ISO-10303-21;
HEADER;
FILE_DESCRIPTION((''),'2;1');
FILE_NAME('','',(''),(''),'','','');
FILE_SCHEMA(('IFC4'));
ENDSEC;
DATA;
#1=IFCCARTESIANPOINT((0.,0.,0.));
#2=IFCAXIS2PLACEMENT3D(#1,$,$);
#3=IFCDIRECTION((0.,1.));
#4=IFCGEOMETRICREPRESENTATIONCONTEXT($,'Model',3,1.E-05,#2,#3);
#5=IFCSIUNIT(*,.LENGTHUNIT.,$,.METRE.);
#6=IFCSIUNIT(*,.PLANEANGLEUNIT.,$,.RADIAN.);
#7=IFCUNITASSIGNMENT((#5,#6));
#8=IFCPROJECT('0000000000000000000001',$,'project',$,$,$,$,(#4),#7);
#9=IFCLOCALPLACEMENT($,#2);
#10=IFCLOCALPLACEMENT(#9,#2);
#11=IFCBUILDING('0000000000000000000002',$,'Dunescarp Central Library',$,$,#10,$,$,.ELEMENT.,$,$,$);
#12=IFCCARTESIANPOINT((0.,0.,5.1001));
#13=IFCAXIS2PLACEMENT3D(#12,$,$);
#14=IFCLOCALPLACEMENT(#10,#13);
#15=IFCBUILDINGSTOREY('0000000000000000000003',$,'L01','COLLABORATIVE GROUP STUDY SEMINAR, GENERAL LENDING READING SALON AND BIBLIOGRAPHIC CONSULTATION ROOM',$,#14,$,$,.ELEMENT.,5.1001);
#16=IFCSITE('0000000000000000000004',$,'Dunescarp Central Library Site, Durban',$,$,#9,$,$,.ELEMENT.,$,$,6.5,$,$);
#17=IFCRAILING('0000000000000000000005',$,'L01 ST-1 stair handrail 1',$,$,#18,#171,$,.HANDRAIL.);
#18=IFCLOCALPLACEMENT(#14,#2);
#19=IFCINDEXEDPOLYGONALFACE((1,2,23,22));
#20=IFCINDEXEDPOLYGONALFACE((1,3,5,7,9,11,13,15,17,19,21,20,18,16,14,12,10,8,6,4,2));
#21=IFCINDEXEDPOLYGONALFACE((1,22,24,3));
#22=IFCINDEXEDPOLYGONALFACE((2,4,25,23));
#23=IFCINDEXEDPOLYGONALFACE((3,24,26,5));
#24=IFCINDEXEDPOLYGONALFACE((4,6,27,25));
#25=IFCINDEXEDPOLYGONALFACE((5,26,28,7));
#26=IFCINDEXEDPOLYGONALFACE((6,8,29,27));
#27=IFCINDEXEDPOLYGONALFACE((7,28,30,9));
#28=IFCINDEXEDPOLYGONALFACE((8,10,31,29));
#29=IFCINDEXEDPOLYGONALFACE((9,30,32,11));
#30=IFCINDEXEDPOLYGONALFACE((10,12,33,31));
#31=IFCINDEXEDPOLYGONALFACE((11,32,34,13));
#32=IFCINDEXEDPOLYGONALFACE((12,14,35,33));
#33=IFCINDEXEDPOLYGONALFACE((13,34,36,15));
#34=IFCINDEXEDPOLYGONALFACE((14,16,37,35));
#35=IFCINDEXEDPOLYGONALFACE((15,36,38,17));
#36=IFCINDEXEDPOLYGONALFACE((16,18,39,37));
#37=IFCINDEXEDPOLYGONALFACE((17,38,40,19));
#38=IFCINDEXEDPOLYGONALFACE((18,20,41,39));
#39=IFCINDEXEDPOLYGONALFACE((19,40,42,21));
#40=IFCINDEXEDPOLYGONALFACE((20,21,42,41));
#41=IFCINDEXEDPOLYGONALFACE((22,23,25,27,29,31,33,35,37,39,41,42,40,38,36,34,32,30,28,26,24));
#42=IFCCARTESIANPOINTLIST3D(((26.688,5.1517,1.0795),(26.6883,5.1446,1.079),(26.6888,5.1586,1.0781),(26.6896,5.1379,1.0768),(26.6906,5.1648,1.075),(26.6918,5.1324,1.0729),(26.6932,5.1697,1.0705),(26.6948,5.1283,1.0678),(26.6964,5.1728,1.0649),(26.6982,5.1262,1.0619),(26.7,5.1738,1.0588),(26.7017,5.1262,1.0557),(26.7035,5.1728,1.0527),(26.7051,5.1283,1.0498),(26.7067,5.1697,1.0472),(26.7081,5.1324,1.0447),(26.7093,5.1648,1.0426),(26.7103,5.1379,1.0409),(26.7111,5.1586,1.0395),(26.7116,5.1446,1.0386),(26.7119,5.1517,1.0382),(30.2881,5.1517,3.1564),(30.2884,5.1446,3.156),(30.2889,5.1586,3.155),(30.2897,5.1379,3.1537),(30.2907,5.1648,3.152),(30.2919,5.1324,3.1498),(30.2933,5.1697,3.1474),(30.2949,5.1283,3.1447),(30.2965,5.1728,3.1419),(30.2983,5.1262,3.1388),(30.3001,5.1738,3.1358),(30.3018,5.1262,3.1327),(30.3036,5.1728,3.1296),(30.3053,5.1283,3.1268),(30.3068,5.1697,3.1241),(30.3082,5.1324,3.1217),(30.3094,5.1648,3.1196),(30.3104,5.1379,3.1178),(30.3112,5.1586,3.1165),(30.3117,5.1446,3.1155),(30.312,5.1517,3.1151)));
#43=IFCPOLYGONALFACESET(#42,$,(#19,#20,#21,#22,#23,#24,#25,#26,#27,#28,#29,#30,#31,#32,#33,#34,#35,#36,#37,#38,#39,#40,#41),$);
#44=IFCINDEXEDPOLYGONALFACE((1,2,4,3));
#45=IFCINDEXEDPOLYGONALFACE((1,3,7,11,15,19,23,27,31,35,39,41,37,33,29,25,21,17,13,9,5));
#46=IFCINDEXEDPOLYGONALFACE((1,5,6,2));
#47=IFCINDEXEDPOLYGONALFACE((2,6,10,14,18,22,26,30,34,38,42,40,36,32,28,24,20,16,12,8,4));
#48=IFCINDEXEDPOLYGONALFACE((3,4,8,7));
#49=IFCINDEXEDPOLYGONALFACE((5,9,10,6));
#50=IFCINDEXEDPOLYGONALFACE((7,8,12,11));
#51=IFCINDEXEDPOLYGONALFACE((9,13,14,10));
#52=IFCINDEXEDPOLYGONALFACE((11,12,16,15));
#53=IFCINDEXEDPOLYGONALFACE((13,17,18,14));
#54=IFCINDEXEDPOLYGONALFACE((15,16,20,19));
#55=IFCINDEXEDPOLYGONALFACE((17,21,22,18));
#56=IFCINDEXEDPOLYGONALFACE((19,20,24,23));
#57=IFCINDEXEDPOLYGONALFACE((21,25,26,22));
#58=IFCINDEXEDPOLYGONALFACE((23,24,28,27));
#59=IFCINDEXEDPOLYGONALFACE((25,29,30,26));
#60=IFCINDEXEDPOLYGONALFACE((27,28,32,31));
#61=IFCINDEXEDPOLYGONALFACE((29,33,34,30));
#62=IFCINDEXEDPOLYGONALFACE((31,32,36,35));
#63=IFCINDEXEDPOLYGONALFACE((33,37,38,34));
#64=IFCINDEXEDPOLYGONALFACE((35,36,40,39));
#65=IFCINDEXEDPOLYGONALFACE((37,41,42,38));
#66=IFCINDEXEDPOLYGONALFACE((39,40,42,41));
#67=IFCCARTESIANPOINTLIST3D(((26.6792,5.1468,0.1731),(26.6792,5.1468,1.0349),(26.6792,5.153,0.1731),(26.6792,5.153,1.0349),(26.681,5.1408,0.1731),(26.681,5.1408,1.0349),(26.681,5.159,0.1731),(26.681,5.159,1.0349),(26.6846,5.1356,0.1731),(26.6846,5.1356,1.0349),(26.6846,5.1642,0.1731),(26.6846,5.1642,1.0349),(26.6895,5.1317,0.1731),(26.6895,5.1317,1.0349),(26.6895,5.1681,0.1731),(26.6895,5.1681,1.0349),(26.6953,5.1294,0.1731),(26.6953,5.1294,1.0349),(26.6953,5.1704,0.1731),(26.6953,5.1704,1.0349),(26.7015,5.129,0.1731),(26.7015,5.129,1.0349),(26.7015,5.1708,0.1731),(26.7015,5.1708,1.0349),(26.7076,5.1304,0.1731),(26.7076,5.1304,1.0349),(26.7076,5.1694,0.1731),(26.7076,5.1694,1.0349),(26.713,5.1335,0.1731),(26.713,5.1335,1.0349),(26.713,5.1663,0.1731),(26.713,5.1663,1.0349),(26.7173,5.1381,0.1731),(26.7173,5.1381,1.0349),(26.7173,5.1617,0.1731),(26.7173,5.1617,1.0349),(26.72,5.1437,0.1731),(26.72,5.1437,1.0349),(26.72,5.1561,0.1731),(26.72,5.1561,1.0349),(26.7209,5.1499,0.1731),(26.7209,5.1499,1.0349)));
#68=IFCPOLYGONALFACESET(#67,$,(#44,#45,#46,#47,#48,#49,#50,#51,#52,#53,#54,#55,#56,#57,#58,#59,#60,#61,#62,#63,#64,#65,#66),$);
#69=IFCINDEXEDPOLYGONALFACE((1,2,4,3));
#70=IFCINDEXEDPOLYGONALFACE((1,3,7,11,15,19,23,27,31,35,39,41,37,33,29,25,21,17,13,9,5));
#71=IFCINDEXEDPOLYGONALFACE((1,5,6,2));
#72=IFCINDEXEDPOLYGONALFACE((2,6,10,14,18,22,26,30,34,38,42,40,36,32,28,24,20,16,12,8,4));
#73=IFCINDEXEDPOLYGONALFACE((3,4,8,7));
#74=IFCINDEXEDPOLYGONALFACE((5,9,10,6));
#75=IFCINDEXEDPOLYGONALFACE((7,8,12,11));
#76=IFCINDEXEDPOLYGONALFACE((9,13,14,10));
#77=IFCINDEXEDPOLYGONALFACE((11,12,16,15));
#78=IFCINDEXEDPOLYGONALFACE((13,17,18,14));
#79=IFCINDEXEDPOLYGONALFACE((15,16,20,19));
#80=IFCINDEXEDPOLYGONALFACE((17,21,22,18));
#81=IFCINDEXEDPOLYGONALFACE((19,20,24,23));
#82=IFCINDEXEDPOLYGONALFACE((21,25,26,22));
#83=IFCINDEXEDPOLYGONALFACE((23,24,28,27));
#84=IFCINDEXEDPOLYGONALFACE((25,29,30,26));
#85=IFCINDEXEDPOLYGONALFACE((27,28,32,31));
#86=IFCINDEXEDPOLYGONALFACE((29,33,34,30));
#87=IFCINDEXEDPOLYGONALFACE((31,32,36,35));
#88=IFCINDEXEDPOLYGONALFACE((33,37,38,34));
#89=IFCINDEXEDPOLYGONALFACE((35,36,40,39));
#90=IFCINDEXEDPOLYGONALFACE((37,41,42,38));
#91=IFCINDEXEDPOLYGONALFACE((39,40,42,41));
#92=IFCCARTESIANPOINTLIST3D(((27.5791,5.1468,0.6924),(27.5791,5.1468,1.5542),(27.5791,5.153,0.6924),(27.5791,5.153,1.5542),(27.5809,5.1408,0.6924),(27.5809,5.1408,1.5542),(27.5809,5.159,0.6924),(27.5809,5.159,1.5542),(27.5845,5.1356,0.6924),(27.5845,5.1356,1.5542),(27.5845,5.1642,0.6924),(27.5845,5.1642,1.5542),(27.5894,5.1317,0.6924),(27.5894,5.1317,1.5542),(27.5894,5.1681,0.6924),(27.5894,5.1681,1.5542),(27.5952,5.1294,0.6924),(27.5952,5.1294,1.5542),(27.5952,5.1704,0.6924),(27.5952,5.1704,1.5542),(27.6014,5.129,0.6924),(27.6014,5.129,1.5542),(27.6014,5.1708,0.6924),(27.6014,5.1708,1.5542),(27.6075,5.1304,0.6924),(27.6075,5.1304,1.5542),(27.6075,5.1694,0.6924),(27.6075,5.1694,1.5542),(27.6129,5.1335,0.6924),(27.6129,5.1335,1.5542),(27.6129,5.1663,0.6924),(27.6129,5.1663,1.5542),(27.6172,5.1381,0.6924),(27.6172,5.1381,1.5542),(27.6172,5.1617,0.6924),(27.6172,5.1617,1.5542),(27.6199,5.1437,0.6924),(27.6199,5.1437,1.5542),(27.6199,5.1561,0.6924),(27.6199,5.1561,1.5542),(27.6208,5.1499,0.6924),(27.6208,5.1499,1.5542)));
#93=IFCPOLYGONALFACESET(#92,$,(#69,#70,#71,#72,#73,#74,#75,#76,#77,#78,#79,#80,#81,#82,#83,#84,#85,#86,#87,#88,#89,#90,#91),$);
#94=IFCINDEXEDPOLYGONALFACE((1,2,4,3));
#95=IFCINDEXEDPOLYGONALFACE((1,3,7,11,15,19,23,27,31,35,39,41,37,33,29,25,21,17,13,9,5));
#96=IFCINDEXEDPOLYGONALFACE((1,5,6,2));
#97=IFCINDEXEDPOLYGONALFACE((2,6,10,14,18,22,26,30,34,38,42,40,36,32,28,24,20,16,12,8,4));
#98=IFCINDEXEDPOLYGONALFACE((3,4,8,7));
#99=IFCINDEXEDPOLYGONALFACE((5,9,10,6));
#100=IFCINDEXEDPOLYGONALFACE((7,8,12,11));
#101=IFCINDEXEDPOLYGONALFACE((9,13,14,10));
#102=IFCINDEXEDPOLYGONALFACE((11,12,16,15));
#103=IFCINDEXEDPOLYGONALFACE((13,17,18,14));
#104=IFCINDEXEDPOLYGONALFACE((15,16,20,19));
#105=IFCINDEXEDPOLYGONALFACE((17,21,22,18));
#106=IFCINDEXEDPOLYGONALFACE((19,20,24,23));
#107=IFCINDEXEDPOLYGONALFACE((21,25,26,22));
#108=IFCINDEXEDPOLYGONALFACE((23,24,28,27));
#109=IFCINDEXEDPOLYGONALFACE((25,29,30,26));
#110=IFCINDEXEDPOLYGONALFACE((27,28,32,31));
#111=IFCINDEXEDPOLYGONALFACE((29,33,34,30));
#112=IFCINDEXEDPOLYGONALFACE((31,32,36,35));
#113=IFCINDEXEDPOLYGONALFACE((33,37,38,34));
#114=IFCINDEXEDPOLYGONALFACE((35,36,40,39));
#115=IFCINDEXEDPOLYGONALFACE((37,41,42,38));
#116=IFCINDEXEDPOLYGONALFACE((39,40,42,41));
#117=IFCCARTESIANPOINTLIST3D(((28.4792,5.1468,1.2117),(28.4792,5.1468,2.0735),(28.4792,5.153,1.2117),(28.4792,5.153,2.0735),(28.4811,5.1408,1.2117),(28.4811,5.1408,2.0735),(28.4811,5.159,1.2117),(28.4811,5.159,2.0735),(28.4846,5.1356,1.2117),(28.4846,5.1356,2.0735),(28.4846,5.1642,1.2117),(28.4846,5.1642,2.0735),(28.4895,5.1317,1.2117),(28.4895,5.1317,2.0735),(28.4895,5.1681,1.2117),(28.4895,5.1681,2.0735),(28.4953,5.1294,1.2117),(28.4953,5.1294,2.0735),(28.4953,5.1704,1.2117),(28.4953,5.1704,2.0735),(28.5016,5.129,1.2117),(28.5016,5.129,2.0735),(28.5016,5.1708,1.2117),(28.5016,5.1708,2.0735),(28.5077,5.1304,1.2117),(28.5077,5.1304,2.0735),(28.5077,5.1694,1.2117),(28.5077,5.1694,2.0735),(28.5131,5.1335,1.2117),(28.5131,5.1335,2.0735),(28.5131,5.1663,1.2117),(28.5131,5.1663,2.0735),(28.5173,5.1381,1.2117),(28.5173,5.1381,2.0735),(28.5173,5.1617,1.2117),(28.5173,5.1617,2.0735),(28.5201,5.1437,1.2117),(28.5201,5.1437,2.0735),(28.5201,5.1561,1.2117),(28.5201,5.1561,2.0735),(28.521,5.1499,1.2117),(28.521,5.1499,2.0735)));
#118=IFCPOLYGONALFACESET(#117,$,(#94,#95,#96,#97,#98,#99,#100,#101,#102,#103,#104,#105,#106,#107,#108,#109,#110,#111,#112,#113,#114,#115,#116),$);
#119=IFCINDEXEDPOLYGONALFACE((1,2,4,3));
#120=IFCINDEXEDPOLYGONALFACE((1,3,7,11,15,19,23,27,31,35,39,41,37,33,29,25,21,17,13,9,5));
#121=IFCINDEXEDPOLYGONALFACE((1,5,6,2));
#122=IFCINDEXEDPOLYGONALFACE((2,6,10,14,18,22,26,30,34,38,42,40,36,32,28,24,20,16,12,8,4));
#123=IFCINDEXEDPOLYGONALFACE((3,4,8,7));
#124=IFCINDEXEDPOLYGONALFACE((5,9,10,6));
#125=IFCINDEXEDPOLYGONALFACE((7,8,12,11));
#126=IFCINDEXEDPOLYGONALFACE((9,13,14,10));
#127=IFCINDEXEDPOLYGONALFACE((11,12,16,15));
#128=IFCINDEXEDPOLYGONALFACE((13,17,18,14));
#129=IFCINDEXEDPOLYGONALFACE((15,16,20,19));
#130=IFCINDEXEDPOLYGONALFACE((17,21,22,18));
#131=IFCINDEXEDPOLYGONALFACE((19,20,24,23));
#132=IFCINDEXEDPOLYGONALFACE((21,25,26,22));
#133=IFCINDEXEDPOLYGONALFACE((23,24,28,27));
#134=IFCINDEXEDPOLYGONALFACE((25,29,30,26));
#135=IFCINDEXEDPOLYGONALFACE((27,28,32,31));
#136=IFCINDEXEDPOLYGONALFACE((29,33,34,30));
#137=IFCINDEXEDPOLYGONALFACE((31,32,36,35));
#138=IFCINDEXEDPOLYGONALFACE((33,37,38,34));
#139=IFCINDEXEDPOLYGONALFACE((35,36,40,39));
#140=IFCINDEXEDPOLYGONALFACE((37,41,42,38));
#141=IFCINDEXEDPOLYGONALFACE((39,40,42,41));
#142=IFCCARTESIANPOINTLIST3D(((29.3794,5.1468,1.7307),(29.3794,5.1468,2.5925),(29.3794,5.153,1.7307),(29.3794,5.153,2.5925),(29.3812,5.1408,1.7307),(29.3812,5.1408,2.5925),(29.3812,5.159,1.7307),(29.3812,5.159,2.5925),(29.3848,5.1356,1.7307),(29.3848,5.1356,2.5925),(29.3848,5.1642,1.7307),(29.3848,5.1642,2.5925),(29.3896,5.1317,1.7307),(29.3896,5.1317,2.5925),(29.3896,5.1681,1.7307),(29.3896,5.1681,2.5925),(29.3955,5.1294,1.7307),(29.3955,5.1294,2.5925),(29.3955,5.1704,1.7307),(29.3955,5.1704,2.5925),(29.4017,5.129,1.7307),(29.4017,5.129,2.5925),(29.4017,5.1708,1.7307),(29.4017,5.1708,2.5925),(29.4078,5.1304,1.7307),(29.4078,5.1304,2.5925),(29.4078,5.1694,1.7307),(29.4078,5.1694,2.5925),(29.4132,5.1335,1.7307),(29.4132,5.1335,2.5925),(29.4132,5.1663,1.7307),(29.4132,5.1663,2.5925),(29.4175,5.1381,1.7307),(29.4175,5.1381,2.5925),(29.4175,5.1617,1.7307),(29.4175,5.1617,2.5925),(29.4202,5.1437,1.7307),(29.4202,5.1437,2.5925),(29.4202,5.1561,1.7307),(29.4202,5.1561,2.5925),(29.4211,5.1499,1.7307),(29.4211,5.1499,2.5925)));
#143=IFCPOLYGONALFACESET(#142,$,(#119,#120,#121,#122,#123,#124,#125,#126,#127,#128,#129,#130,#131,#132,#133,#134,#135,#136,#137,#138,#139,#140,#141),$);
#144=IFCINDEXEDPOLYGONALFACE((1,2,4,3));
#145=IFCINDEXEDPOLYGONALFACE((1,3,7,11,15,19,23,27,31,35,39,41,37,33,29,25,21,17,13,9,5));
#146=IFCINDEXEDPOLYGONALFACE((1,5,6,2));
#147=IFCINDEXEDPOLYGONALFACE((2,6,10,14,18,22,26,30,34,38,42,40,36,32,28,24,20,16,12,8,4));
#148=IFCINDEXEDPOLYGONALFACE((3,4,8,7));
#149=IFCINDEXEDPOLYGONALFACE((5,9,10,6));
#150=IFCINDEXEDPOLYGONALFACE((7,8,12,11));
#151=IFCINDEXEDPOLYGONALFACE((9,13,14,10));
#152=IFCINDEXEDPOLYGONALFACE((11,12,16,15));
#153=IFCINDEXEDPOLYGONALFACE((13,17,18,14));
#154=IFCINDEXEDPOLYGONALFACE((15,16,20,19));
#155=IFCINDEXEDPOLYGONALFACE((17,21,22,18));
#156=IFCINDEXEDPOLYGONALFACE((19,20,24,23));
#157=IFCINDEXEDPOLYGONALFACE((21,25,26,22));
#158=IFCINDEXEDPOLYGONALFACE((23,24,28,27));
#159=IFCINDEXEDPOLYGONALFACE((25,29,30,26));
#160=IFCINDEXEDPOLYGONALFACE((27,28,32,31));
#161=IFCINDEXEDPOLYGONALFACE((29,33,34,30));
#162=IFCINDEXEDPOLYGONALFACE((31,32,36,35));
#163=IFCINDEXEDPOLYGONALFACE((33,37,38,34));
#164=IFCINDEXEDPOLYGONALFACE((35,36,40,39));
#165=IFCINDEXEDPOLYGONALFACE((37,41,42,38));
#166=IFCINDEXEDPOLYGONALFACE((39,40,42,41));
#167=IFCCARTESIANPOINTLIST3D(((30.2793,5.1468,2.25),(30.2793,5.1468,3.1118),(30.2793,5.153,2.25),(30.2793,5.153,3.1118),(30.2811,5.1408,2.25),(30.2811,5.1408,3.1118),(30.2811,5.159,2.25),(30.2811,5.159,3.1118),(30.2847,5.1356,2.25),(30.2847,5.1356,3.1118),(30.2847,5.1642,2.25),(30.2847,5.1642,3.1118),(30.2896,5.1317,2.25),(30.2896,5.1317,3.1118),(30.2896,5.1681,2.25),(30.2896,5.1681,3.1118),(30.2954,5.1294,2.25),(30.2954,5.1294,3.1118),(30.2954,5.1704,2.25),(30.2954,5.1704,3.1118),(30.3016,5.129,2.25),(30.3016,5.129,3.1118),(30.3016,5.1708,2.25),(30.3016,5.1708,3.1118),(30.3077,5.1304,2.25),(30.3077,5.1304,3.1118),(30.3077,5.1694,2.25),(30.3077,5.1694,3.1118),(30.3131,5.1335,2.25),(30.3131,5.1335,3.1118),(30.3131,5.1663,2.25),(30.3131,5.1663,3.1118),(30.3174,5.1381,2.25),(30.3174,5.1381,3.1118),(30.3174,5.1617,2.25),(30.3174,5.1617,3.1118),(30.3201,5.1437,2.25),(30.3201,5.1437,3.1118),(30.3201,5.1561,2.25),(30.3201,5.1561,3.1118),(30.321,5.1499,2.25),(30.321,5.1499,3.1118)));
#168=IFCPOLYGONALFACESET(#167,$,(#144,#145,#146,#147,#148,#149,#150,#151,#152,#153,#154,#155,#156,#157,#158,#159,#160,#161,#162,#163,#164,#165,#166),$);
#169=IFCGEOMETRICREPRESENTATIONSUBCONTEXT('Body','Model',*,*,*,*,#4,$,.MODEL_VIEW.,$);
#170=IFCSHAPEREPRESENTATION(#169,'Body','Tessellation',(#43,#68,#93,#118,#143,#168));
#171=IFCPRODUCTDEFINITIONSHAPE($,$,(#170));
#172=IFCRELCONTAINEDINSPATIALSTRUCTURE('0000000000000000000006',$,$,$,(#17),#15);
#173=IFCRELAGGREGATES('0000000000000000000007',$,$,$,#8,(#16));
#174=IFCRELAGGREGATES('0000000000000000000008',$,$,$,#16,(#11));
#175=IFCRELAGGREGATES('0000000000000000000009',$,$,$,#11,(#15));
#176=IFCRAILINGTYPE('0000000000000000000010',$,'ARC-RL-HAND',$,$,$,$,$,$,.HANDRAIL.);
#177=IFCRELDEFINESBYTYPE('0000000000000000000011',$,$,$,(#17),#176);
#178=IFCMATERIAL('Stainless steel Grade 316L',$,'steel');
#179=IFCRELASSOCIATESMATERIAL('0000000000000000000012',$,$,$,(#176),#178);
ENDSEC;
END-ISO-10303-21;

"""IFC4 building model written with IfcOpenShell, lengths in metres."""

from ifc_helpers import new_model, si_unit, direction, frame, origin, origin_2d, place, context, subcontext, project, spatial, circle, extrude, material, type_object, element, save


model = new_model("IFC4")

# Units and contexts
model_context = context("Model", 3, precision=1e-05, world=origin(), true_north=direction((0.0, 1.0)))
body_context = subcontext(model_context, "Body", "Model", "MODEL_VIEW")
ifc_project = project(units=[si_unit("LENGTHUNIT", "METRE"), si_unit("PLANEANGLEUNIT", "RADIAN")], contexts=[model_context])

# Site, building, storey
site_placement = place(None, origin())
site = spatial("IfcSite", under=ifc_project, at=site_placement, Name="Dunescarp Central Library Site, Durban", CompositionType="ELEMENT", RefElevation=6.5)
building_placement = place(site_placement, origin())
building = spatial("IfcBuilding", under=site, at=building_placement, Name="Dunescarp Central Library", CompositionType="ELEMENT")
storey_placement = place(building_placement, frame((0.0, 0.0, 5.1001)))
storey = spatial("IfcBuildingStorey", under=building, at=storey_placement, Name="L01", Description="COLLABORATIVE GROUP STUDY SEMINAR, GENERAL LENDING READING SALON AND BIBLIOGRAPHIC CONSULTATION ROOM", CompositionType="ELEMENT", Elevation=5.1001)

# Shared definitions
ifc_material_1 = material(Name="Stainless steel Grade 316L", Category="steel")

# Railing
railing_type_1 = type_object("IfcRailingType", Name="ARC-RL-HAND", PredefinedType="HANDRAIL", material=ifc_material_1)
railing_1_placement = place(storey_placement, frame((26.7, 5.1499, 0.1731)))
element("IfcRailing", 1, at=railing_1_placement, inside=storey, type_object=railing_type_1, Name="L01 ST-1 stair handrail 1", PredefinedType="HANDRAIL", context=body_context, shape_type="SweptSolid", body=[
    extrude(circle(Radius=0.0239, at=origin_2d()), frame((0.0, 0.0, 0.8857), z_axis=(0.866193, 0.0, 0.499709), x_axis=(0.0, 1.0, 0.0)), (0.0, 0.0, 1.0), 4.1562),
    extrude(circle(Radius=0.021, at=origin_2d()), origin(), (0.0, 0.0, 1.0), 0.8618),
    extrude(circle(Radius=0.021, at=origin_2d()), frame((0.8999, 0.0, 0.5193)), (0.0, 0.0, 1.0), 0.8618),
    extrude(circle(Radius=0.021, at=origin_2d()), frame((1.8, 0.0, 1.0386)), (0.0, 0.0, 1.0), 0.8618),
    extrude(circle(Radius=0.021, at=origin_2d()), frame((2.7002, 0.0, 1.5576)), (0.0, 0.0, 1.0), 0.8618),
    extrude(circle(Radius=0.021, at=origin_2d()), frame((3.6001, 0.0, 2.0769)), (0.0, 0.0, 1.0), 0.8618),
])

save(model, "model.ifc")
